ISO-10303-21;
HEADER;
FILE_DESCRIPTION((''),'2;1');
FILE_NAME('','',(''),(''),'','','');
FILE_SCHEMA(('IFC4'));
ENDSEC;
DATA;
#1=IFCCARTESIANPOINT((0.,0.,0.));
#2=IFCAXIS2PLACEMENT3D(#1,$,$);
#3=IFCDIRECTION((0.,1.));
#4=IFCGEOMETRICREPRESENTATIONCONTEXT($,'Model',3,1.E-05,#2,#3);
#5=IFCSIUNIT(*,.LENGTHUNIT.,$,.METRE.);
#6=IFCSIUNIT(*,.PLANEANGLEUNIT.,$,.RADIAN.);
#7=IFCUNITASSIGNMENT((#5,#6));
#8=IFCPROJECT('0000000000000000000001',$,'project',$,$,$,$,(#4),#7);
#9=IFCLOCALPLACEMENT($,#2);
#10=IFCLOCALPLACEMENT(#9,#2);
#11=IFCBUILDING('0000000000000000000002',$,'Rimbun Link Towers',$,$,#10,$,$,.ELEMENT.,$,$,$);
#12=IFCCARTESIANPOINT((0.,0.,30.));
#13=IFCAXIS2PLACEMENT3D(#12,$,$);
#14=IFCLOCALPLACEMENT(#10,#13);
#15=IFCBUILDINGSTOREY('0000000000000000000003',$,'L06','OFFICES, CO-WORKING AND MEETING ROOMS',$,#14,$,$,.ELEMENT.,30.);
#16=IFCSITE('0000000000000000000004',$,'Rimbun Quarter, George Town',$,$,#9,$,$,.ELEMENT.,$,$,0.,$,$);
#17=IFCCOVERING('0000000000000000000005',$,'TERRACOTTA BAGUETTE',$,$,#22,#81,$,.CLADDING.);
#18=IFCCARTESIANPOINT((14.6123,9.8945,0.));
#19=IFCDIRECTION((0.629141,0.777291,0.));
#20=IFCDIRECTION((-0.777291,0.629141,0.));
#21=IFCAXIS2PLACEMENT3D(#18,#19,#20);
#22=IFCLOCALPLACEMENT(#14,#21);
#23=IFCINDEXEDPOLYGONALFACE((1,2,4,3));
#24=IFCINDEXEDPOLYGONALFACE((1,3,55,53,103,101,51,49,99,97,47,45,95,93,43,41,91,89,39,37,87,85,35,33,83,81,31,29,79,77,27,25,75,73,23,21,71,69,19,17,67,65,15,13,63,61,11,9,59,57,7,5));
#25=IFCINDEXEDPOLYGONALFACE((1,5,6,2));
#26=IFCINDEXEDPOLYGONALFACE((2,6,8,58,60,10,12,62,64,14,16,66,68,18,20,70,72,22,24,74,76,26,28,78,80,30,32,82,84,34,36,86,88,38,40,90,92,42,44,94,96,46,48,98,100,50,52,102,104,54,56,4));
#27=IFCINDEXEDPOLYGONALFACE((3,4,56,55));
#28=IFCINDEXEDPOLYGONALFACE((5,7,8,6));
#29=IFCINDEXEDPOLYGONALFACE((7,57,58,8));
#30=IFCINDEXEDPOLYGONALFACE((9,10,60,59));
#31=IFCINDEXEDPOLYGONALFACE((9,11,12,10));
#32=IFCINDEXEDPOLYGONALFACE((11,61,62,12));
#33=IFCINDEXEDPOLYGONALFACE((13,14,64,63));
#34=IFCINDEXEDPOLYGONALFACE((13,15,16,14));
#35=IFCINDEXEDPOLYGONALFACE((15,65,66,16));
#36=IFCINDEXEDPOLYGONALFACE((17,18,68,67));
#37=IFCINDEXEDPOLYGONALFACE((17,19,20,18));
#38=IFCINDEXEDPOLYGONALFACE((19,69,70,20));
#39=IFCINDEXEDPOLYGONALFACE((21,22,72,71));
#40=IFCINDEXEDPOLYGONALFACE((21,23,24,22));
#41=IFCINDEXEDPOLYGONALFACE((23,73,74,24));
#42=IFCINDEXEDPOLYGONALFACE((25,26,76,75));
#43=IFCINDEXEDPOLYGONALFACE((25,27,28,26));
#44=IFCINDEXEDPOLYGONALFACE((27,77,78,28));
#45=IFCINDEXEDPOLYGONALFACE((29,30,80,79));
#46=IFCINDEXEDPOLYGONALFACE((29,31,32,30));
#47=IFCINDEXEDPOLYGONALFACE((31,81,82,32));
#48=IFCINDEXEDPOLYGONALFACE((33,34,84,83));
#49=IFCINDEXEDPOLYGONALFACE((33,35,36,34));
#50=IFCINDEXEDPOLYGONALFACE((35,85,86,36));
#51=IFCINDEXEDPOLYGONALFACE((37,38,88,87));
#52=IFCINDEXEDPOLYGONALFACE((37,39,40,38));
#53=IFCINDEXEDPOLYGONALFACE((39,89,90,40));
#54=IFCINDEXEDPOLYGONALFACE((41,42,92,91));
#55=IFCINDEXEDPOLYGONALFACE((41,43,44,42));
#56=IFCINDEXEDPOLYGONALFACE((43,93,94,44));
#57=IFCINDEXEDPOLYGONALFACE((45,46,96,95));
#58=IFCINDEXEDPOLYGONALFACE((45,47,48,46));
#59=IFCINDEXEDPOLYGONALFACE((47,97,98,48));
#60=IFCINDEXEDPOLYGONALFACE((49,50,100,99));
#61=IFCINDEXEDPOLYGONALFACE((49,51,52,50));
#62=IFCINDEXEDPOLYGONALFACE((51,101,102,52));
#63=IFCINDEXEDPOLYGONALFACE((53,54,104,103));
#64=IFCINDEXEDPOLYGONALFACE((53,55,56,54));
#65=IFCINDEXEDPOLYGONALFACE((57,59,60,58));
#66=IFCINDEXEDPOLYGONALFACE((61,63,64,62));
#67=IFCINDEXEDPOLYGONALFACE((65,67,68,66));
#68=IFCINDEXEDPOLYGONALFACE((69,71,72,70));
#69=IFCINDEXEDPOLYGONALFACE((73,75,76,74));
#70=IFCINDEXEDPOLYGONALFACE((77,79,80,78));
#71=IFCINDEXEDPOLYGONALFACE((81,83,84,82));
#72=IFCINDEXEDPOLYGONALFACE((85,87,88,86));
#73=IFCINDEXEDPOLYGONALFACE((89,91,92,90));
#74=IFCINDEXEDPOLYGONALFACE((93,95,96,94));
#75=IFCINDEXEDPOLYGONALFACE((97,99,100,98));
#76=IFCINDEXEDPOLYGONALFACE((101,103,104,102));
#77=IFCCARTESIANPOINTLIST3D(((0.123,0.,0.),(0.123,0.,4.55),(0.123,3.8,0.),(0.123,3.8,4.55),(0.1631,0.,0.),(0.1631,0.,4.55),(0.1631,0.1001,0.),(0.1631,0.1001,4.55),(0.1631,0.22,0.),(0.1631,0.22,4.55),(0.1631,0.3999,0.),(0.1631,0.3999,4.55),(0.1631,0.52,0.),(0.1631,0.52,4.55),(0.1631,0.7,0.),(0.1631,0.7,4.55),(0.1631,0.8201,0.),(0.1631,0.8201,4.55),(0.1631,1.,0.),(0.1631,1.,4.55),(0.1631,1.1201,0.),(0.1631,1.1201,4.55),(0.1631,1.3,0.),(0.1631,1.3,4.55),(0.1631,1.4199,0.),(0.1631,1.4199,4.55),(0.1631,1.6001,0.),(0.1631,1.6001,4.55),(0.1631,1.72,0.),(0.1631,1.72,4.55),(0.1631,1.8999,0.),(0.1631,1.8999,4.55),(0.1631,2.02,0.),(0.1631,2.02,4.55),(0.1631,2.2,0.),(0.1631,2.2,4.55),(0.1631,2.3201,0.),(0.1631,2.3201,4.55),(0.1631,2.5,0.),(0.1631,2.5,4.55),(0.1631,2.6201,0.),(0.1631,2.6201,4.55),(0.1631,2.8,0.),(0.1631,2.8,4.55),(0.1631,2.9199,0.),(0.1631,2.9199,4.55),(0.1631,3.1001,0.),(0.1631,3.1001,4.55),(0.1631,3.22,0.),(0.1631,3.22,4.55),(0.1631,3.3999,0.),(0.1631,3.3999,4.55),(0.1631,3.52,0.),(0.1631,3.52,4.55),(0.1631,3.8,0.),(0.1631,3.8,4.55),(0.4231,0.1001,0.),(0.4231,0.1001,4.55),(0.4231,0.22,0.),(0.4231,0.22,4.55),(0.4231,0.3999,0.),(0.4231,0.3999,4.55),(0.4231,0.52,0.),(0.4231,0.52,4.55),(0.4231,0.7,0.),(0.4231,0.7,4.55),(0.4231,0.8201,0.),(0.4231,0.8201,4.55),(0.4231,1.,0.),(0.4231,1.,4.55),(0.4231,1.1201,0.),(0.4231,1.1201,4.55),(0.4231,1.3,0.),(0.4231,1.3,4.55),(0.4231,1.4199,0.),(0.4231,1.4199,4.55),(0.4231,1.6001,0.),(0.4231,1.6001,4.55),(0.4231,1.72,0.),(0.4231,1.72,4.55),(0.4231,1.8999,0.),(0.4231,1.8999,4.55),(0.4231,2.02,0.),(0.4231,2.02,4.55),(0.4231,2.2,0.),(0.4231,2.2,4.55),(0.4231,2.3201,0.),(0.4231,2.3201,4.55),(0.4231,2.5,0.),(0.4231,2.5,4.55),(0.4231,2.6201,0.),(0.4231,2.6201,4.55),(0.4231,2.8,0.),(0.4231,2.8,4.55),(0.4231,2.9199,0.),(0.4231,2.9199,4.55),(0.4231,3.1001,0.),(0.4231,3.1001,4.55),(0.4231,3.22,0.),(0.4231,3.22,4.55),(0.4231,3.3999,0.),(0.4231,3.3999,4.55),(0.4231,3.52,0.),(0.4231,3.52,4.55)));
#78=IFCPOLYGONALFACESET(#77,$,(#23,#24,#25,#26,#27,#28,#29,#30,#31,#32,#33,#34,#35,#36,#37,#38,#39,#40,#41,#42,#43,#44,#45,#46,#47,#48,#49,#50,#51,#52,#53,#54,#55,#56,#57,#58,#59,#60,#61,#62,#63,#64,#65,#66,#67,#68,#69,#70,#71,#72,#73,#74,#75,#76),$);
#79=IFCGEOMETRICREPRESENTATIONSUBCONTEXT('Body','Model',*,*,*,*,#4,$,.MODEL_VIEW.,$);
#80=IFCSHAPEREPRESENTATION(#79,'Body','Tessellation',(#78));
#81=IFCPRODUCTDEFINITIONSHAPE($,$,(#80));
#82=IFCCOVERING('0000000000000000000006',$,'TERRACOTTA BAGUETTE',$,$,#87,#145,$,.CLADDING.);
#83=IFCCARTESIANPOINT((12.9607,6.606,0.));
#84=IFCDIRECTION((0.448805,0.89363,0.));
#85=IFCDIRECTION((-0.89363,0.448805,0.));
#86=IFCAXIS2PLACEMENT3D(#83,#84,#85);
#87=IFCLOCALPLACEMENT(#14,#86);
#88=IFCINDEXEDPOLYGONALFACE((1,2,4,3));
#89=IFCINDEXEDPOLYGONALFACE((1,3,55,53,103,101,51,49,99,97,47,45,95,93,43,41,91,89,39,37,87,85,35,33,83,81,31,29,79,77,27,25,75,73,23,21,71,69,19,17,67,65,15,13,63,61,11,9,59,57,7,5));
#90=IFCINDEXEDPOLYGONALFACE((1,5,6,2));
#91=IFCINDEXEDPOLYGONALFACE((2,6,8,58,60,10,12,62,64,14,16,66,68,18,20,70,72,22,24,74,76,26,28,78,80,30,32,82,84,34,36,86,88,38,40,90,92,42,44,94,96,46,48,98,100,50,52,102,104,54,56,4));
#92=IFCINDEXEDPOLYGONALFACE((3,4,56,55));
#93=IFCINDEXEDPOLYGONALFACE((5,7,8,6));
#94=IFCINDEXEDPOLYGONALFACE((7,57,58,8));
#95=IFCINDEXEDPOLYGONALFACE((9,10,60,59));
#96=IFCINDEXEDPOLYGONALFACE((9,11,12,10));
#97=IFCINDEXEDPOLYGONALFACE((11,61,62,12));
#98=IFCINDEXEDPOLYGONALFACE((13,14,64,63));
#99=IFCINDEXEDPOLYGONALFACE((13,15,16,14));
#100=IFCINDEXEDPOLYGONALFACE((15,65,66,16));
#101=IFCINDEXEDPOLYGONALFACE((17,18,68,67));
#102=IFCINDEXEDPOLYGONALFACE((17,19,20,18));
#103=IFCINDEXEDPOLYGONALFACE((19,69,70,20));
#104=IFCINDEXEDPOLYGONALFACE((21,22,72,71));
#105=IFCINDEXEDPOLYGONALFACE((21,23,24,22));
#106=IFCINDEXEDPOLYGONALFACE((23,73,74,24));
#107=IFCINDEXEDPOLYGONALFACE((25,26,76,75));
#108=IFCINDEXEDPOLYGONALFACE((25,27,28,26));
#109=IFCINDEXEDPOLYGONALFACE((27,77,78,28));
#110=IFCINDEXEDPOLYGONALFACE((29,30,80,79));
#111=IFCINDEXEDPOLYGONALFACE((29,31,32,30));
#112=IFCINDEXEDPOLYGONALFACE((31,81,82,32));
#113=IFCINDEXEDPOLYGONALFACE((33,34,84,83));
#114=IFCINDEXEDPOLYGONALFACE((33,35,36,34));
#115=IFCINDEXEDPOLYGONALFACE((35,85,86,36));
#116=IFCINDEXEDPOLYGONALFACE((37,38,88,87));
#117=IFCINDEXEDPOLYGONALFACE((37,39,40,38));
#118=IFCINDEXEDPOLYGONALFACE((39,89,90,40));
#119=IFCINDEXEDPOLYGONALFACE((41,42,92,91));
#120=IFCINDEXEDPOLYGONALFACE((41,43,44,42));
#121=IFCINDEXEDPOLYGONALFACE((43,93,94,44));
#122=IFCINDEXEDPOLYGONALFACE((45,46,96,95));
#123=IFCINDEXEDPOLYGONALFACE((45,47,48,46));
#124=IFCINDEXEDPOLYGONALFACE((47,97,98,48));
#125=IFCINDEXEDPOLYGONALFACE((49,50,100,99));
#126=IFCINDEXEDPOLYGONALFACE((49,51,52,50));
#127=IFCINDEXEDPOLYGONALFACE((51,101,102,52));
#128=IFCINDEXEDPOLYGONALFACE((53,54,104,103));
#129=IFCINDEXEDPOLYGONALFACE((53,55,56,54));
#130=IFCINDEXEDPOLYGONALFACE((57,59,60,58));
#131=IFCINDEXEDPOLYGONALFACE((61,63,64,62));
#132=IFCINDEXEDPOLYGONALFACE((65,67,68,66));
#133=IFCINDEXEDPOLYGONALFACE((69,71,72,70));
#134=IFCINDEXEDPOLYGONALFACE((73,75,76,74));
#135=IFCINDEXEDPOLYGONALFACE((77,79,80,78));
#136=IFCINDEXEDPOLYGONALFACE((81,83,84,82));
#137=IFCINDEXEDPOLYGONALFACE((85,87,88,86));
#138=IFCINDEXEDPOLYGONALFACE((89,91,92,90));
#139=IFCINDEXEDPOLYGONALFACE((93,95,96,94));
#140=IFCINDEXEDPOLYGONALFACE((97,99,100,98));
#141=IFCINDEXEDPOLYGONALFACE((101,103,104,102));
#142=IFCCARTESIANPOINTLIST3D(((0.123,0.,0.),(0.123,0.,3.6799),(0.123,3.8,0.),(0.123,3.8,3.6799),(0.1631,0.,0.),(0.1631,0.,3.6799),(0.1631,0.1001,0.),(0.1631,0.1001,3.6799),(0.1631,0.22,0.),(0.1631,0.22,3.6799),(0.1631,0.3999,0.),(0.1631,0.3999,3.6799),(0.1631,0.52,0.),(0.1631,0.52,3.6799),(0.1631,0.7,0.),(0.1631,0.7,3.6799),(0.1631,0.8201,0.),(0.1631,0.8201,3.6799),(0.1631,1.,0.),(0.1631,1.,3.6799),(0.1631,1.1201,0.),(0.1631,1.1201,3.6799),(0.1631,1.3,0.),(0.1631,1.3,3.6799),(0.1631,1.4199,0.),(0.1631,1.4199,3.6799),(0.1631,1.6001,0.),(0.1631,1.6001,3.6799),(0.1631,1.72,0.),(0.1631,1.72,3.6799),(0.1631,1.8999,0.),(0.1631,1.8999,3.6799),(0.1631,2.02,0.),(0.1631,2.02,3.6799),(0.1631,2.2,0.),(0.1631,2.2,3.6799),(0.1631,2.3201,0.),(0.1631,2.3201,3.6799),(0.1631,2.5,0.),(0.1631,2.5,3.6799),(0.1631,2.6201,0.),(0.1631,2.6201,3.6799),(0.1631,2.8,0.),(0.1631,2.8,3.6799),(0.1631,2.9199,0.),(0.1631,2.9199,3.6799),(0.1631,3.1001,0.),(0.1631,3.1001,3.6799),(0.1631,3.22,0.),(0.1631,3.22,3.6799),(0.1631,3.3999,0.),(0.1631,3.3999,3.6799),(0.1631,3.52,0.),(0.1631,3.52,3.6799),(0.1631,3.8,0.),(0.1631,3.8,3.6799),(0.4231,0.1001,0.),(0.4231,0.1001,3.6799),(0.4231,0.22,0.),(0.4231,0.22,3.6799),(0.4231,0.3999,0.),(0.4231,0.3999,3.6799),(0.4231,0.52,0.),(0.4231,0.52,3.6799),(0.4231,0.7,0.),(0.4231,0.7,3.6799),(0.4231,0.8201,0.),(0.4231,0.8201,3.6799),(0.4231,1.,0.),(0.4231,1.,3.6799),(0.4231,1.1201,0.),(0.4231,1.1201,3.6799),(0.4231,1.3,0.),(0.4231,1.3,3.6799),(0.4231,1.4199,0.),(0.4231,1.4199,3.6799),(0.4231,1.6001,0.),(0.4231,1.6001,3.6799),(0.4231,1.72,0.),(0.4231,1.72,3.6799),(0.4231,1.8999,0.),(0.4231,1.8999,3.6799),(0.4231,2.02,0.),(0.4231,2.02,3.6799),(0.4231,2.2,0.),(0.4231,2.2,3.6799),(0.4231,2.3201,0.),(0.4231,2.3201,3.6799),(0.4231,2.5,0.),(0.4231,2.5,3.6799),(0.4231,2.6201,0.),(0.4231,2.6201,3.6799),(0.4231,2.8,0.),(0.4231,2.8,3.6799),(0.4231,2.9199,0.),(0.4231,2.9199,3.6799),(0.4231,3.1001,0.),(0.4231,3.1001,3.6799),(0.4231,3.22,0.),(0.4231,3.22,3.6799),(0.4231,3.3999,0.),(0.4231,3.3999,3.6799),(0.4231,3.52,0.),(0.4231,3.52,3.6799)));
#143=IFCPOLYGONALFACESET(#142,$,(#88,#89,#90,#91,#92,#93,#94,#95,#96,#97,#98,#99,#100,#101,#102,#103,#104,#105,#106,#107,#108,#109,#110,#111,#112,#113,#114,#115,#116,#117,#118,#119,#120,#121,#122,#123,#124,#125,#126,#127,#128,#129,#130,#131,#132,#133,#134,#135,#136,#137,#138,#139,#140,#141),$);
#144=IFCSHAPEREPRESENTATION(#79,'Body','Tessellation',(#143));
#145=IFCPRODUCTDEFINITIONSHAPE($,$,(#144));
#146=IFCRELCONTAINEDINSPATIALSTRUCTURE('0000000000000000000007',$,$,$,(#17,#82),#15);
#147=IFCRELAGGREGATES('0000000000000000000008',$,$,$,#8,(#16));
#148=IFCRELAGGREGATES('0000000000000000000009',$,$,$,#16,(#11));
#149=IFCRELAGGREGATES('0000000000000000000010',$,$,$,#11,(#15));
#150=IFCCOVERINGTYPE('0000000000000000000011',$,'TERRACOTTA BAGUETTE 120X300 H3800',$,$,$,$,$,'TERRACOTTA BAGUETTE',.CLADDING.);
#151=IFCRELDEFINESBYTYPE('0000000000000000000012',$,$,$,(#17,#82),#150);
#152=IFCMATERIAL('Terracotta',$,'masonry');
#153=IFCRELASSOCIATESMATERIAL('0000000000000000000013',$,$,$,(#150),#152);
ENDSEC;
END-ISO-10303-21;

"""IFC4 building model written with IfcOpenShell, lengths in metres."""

from ifc_helpers import new_model, si_unit, direction, frame, origin, place, context, subcontext, project, spatial, polyline, outline, extrude, material, material_profile, profile_set, type_object, element, save


model = new_model("IFC4")

# Units and contexts
model_context = context("Model", 3, precision=1e-05, world=origin(), true_north=direction((0.0, 1.0)))
body_context = subcontext(model_context, "Body", "Model", "MODEL_VIEW")
ifc_project = project(units=[si_unit("LENGTHUNIT", "METRE"), si_unit("PLANEANGLEUNIT", "RADIAN")], contexts=[model_context])

# Site, building, storey
site_placement = place(None, origin())
site = spatial("IfcSite", under=ifc_project, at=site_placement, Name="Rimbun Quarter, George Town", CompositionType="ELEMENT", RefElevation=0.0)
building_placement = place(site_placement, origin())
building = spatial("IfcBuilding", under=site, at=building_placement, Name="Rimbun Link Towers", CompositionType="ELEMENT")
storey_placement = place(building_placement, frame((0.0, 0.0, 30.0)))
storey = spatial("IfcBuildingStorey", under=building, at=storey_placement, Name="L06", Description="OFFICES, CO-WORKING AND MEETING ROOMS", CompositionType="ELEMENT", Elevation=30.0)

# Coverings
ifc_material_1 = material(Name="Terracotta", Category="masonry")
ifc_material_profile_1 = material_profile(ifc_material_1, outline(polyline([(0.123, 0.0), (0.1631, 0.0), (0.1631, 0.1001), (0.4231, 0.1001), (0.4231, 0.22), (0.1631, 0.22), (0.1631, 0.3999), (0.4231, 0.3999), (0.4231, 0.52), (0.1631, 0.52), (0.1631, 0.7), (0.4231, 0.7), (0.4231, 0.8201), (0.1631, 0.8201), (0.1631, 1.0), (0.4231, 1.0), (0.4231, 1.1201), (0.1631, 1.1201), (0.1631, 1.3), (0.4231, 1.3), (0.4231, 1.4199), (0.1631, 1.4199), (0.1631, 1.6001), (0.4231, 1.6001), (0.4231, 1.72), (0.1631, 1.72), (0.1631, 1.8999), (0.4231, 1.8999), (0.4231, 2.02), (0.1631, 2.02), (0.1631, 2.2), (0.4231, 2.2), (0.4231, 2.3201), (0.1631, 2.3201), (0.1631, 2.5), (0.4231, 2.5), (0.4231, 2.6201), (0.1631, 2.6201), (0.1631, 2.8), (0.4231, 2.8), (0.4231, 2.9199), (0.1631, 2.9199), (0.1631, 3.1001), (0.4231, 3.1001), (0.4231, 3.22), (0.1631, 3.22), (0.1631, 3.3999), (0.4231, 3.3999), (0.4231, 3.52), (0.1631, 3.52), (0.1631, 3.8), (0.123, 3.8), (0.123, 0.0)])), Name="BAGUETTE 120X300")
ifc_profile_set_1 = profile_set([ifc_material_profile_1], Name="Terracotta")
covering_type = type_object("IfcCoveringType", Name="TERRACOTTA BAGUETTE 120X300 H3800", ElementType="TERRACOTTA BAGUETTE", PredefinedType="CLADDING", material=ifc_profile_set_1)
covering_1_placement = place(storey_placement, frame((14.6123, 9.8945, 0.0), z_axis=(0.629141, 0.777291, 0.0), x_axis=(-0.777291, 0.629141, 0.0)))
element("IfcCovering", 1, at=covering_1_placement, inside=storey, type_object=covering_type, Name="TERRACOTTA BAGUETTE", PredefinedType="CLADDING", context=body_context, shape_type="SweptSolid", body=[
    extrude(outline(polyline([(0.123, 0.0), (0.1631, 0.0), (0.1631, 0.1001), (0.4231, 0.1001), (0.4231, 0.22), (0.1631, 0.22), (0.1631, 0.3999), (0.4231, 0.3999), (0.4231, 0.52), (0.1631, 0.52), (0.1631, 0.7), (0.4231, 0.7), (0.4231, 0.8201), (0.1631, 0.8201), (0.1631, 1.0), (0.4231, 1.0), (0.4231, 1.1201), (0.1631, 1.1201), (0.1631, 1.3), (0.4231, 1.3), (0.4231, 1.4199), (0.1631, 1.4199), (0.1631, 1.6001), (0.4231, 1.6001), (0.4231, 1.72), (0.1631, 1.72), (0.1631, 1.8999), (0.4231, 1.8999), (0.4231, 2.02), (0.1631, 2.02), (0.1631, 2.2), (0.4231, 2.2), (0.4231, 2.3201), (0.1631, 2.3201), (0.1631, 2.5), (0.4231, 2.5), (0.4231, 2.6201), (0.1631, 2.6201), (0.1631, 2.8), (0.4231, 2.8), (0.4231, 2.9199), (0.1631, 2.9199), (0.1631, 3.1001), (0.4231, 3.1001), (0.4231, 3.22), (0.1631, 3.22), (0.1631, 3.3999), (0.4231, 3.3999), (0.4231, 3.52), (0.1631, 3.52), (0.1631, 3.8), (0.123, 3.8), (0.123, 0.0)])), origin(), (0.0, 0.0, 1.0), 4.55),
])
covering_2_placement = place(storey_placement, frame((12.9607, 6.606, 0.0), z_axis=(0.448805, 0.89363, 0.0), x_axis=(-0.89363, 0.448805, 0.0)))
element("IfcCovering", 2, at=covering_2_placement, inside=storey, type_object=covering_type, Name="TERRACOTTA BAGUETTE", PredefinedType="CLADDING", context=body_context, shape_type="SweptSolid", body=[
    extrude(outline(polyline([(0.123, 0.0), (0.1631, 0.0), (0.1631, 0.1001), (0.4231, 0.1001), (0.4231, 0.22), (0.1631, 0.22), (0.1631, 0.3999), (0.4231, 0.3999), (0.4231, 0.52), (0.1631, 0.52), (0.1631, 0.7), (0.4231, 0.7), (0.4231, 0.8201), (0.1631, 0.8201), (0.1631, 1.0), (0.4231, 1.0), (0.4231, 1.1201), (0.1631, 1.1201), (0.1631, 1.3), (0.4231, 1.3), (0.4231, 1.4199), (0.1631, 1.4199), (0.1631, 1.6001), (0.4231, 1.6001), (0.4231, 1.72), (0.1631, 1.72), (0.1631, 1.8999), (0.4231, 1.8999), (0.4231, 2.02), (0.1631, 2.02), (0.1631, 2.2), (0.4231, 2.2), (0.4231, 2.3201), (0.1631, 2.3201), (0.1631, 2.5), (0.4231, 2.5), (0.4231, 2.6201), (0.1631, 2.6201), (0.1631, 2.8), (0.4231, 2.8), (0.4231, 2.9199), (0.1631, 2.9199), (0.1631, 3.1001), (0.4231, 3.1001), (0.4231, 3.22), (0.1631, 3.22), (0.1631, 3.3999), (0.4231, 3.3999), (0.4231, 3.52), (0.1631, 3.52), (0.1631, 3.8), (0.123, 3.8), (0.123, 0.0)])), origin(), (0.0, 0.0, 1.0), 3.6799),
])

save(model, "model.ifc")
